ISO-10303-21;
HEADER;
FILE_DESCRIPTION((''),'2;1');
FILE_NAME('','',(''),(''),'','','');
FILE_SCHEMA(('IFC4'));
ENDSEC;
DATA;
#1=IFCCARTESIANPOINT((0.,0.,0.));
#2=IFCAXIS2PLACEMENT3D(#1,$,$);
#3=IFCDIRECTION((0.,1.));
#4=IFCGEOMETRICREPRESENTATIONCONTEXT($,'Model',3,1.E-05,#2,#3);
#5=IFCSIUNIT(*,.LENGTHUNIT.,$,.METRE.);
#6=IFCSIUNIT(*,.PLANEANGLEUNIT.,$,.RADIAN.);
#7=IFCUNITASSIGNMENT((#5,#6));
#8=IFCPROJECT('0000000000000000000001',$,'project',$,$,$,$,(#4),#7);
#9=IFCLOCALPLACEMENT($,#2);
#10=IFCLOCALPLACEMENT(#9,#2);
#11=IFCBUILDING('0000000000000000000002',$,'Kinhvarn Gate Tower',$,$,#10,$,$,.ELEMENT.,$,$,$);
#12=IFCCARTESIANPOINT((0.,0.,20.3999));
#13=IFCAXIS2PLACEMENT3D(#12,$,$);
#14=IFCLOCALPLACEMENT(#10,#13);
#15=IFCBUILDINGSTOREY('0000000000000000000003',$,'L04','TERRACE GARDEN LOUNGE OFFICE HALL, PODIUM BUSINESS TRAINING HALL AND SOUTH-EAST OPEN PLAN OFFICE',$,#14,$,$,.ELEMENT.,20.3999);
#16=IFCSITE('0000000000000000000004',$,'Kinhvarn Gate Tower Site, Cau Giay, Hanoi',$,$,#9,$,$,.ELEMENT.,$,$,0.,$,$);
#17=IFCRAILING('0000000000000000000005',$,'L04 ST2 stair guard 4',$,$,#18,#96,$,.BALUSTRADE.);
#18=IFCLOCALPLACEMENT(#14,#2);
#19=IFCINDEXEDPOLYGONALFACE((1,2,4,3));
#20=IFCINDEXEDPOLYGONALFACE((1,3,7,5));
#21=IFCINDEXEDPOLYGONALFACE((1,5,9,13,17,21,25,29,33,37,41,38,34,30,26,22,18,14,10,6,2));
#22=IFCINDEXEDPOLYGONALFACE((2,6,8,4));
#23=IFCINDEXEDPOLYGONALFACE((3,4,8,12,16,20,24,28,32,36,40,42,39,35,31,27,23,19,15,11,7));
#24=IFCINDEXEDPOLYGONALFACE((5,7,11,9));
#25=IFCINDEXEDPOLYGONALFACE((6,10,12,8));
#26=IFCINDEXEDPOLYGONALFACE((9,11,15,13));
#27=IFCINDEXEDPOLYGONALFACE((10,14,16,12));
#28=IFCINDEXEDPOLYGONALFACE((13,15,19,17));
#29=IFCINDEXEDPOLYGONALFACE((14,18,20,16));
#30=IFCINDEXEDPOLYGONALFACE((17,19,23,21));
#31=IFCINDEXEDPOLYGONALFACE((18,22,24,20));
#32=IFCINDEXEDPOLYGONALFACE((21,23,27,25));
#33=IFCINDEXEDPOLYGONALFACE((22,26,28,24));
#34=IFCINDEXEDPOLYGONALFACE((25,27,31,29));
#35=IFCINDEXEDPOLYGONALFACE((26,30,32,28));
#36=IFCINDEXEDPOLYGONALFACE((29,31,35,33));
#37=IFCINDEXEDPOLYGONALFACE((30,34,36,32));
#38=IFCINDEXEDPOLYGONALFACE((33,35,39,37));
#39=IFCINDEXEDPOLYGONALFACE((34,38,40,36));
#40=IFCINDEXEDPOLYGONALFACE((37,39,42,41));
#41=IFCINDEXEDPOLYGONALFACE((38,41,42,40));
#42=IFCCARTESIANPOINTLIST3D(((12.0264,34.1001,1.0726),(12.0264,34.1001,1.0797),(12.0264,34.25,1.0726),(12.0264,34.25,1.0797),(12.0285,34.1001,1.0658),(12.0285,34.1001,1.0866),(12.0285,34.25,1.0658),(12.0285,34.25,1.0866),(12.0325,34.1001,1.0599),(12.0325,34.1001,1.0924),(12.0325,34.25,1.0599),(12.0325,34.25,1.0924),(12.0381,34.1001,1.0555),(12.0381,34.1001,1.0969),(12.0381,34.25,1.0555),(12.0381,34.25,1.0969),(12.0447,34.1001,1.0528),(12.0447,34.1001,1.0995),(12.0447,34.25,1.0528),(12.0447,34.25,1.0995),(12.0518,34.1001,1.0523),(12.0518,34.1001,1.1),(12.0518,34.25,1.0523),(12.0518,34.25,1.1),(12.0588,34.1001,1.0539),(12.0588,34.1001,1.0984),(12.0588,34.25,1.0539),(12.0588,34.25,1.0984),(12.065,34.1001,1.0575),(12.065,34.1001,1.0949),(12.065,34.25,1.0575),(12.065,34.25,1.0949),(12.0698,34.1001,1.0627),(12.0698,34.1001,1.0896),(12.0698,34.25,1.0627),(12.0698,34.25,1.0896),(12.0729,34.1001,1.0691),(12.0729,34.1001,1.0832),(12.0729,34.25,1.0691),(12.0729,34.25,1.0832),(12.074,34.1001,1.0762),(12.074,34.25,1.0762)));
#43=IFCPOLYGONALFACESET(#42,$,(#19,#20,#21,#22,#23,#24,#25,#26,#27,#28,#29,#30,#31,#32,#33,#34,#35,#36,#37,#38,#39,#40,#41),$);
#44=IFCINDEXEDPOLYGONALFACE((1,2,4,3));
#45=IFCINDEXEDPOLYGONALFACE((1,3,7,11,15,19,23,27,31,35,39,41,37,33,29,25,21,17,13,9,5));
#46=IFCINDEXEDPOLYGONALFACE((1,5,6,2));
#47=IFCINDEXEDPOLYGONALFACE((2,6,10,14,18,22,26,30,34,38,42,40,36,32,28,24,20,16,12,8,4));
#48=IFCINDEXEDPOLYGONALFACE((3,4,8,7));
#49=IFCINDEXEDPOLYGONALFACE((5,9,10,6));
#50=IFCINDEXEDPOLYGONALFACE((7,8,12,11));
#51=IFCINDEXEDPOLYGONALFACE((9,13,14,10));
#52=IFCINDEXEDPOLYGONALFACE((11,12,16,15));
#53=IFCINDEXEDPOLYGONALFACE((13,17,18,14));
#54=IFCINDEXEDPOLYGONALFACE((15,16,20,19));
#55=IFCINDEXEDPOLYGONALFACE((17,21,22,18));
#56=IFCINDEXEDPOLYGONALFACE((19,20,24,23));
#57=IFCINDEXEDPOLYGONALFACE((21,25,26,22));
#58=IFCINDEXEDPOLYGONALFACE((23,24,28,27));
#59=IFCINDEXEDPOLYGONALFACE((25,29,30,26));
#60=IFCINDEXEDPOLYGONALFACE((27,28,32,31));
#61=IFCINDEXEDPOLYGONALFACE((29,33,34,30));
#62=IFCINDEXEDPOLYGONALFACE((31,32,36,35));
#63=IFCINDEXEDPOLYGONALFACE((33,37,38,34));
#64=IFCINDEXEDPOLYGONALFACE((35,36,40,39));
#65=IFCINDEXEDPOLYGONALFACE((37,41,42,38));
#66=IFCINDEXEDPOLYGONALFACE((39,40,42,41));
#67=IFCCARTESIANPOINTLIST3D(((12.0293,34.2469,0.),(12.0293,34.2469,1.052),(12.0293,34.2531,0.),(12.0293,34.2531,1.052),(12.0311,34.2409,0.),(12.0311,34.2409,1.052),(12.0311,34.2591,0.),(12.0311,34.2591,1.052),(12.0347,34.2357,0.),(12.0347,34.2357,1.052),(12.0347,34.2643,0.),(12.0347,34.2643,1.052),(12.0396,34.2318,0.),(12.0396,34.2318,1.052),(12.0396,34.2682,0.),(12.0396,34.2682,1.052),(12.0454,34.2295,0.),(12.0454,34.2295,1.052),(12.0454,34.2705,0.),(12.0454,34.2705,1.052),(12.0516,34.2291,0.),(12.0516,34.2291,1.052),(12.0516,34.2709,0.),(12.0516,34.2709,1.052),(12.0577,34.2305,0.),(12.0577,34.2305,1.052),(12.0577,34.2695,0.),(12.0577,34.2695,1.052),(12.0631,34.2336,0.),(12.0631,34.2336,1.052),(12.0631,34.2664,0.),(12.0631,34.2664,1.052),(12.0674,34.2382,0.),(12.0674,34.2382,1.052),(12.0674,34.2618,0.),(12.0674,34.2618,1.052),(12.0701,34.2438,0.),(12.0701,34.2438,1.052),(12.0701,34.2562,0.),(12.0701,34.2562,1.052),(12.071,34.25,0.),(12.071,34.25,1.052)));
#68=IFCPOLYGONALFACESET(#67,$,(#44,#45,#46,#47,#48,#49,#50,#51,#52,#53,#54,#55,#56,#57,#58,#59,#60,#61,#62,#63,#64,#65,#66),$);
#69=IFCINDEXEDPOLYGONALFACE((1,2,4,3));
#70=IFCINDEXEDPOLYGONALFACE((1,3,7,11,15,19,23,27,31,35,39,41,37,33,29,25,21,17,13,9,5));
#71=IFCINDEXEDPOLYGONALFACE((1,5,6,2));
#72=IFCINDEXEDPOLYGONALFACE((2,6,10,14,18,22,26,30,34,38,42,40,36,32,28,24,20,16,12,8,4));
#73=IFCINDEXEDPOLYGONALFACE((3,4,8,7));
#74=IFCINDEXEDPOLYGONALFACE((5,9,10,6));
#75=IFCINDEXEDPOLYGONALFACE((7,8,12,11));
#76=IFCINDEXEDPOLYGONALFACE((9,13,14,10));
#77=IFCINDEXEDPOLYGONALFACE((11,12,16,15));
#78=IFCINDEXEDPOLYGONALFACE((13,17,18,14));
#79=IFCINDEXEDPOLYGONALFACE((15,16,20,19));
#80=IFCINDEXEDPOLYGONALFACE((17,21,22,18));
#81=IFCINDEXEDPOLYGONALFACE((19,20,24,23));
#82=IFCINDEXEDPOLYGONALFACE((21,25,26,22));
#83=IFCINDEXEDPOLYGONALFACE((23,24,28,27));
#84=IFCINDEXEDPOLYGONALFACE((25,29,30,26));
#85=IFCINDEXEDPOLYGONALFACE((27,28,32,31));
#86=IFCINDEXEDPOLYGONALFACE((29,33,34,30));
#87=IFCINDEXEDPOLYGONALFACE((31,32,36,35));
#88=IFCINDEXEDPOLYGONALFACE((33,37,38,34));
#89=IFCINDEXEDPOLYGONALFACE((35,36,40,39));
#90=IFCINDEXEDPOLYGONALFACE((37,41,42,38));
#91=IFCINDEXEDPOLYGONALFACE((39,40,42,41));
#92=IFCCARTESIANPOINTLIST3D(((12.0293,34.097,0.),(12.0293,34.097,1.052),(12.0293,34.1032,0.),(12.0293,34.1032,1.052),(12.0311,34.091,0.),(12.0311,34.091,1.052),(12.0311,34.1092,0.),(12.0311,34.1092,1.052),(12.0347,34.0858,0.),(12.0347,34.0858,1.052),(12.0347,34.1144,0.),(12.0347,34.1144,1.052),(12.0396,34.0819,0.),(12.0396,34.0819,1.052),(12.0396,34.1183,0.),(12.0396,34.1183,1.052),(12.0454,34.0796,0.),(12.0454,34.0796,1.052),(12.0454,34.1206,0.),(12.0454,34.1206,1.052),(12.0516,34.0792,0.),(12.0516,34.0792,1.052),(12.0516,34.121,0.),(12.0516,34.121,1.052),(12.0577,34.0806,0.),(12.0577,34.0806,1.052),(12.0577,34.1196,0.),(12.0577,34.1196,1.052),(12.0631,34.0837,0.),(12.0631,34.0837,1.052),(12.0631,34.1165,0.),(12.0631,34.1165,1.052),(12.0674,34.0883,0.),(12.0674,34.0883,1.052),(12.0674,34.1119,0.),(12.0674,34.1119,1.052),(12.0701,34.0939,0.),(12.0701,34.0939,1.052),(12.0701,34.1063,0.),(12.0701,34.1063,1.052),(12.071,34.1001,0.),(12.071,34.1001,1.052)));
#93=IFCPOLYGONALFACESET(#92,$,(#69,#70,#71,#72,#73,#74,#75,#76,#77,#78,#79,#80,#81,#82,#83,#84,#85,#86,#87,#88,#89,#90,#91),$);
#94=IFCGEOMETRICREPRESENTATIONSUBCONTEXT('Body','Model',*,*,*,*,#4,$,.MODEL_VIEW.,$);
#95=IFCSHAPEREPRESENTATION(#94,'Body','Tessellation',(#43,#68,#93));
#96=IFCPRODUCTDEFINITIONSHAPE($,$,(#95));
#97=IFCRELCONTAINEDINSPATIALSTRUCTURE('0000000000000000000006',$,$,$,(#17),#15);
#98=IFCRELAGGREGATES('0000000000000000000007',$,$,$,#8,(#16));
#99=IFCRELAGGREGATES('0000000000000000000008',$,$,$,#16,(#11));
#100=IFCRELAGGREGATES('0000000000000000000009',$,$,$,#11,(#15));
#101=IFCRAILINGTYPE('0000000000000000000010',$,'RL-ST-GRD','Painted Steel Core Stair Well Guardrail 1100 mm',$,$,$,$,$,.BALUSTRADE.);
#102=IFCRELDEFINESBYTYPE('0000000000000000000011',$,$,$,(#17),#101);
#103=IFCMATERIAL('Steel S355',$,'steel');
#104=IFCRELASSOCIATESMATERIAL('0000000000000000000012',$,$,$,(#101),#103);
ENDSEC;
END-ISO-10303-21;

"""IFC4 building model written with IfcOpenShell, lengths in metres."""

from ifc_helpers import new_model, si_unit, direction, frame, origin, origin_2d, place, context, subcontext, project, spatial, circle, extrude, material, type_object, element, save


model = new_model("IFC4")

# Units and contexts
model_context = context("Model", 3, precision=1e-05, world=origin(), true_north=direction((0.0, 1.0)))
body_context = subcontext(model_context, "Body", "Model", "MODEL_VIEW")
ifc_project = project(units=[si_unit("LENGTHUNIT", "METRE"), si_unit("PLANEANGLEUNIT", "RADIAN")], contexts=[model_context])

# Site, building, storey
site_placement = place(None, origin())
site = spatial("IfcSite", under=ifc_project, at=site_placement, Name="Kinhvarn Gate Tower Site, Cau Giay, Hanoi", CompositionType="ELEMENT", RefElevation=0.0)
building_placement = place(site_placement, origin())
building = spatial("IfcBuilding", under=site, at=building_placement, Name="Kinhvarn Gate Tower", CompositionType="ELEMENT")
storey_placement = place(building_placement, frame((0.0, 0.0, 20.3999)))
storey = spatial("IfcBuildingStorey", under=building, at=storey_placement, Name="L04", Description="TERRACE GARDEN LOUNGE OFFICE HALL, PODIUM BUSINESS TRAINING HALL AND SOUTH-EAST OPEN PLAN OFFICE", CompositionType="ELEMENT", Elevation=20.3999)

# Shared definitions
ifc_material_1 = material(Name="Steel S355", Category="steel")

# Railing
railing_type_1 = type_object("IfcRailingType", Name="RL-ST-GRD", Description="Painted Steel Core Stair Well Guardrail 1100 mm", PredefinedType="BALUSTRADE", material=ifc_material_1)
railing_1_placement = place(storey_placement, frame((12.05, 34.25, 0.0)))
element("IfcRailing", 1, at=railing_1_placement, inside=storey, type_object=railing_type_1, Name="L04 ST2 stair guard 4", PredefinedType="BALUSTRADE", context=body_context, shape_type="SweptSolid", body=[
    extrude(circle(Radius=0.0239, at=origin_2d()), frame((0.0, 0.0, 1.0762), z_axis=(0.0, -1.0, 0.0), x_axis=(1.0, 0.0, 0.0)), (0.0, 0.0, 1.0), 0.1499),
    extrude(circle(Radius=0.021, at=origin_2d()), origin(), (0.0, 0.0, 1.0), 1.052),
    extrude(circle(Radius=0.021, at=origin_2d()), frame((0.0, -0.1499, 0.0)), (0.0, 0.0, 1.0), 1.052),
])

save(model, "model.ifc")
